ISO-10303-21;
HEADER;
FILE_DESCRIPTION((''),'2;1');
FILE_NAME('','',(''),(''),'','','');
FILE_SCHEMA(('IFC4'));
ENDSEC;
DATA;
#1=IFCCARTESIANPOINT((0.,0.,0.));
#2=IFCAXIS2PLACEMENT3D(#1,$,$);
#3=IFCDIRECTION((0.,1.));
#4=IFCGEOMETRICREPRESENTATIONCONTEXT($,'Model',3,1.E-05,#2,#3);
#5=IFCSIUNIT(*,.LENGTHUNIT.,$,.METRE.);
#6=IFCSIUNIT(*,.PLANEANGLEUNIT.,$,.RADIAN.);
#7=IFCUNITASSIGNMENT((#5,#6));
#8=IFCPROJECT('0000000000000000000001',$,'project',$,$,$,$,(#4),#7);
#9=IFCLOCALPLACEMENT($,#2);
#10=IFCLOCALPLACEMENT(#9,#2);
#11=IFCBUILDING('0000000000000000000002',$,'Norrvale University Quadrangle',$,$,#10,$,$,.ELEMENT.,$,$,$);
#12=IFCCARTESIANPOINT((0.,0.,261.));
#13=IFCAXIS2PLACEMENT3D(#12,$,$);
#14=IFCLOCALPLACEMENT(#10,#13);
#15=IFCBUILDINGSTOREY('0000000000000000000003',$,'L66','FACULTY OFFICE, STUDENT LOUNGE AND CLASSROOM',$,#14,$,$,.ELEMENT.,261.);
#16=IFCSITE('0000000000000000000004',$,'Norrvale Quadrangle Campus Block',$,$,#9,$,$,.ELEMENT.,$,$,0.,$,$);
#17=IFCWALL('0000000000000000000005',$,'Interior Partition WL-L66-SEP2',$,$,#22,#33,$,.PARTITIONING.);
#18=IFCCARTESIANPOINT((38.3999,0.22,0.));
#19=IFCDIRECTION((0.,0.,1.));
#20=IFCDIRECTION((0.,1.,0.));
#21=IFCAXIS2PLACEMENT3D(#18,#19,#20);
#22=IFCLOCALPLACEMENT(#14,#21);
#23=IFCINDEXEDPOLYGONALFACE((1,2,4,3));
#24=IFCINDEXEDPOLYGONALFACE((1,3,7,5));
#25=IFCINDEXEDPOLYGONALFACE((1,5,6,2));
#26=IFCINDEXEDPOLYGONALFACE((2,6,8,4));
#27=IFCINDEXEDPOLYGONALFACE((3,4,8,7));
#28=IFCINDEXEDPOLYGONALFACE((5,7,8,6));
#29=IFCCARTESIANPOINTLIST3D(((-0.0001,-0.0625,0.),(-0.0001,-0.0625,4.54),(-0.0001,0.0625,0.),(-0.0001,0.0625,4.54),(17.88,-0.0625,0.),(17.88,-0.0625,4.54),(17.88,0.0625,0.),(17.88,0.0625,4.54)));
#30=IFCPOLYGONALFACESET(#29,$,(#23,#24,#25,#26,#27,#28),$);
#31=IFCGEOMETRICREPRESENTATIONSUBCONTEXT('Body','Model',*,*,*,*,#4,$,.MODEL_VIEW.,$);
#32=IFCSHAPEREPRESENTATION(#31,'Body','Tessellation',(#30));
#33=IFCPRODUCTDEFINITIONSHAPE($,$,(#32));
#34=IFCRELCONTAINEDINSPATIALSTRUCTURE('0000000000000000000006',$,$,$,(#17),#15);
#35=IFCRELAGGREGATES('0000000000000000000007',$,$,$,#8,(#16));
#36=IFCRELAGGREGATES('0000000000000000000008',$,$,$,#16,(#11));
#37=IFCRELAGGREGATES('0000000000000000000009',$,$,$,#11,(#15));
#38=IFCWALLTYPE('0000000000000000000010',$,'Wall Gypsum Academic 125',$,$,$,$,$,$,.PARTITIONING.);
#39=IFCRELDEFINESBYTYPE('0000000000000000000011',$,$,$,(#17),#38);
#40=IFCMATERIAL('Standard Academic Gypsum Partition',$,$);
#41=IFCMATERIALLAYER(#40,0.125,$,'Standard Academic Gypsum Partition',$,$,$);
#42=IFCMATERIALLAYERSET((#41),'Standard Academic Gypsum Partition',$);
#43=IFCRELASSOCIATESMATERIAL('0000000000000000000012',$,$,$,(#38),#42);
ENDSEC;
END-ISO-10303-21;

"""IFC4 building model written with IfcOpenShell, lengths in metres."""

from ifc_helpers import new_model, si_unit, direction, frame, frame_2d, origin, place, context, subcontext, project, spatial, rectangle, extrude, material, layer, layer_set, type_object, element, save


model = new_model("IFC4")

# Units and contexts
model_context = context("Model", 3, precision=1e-05, world=origin(), true_north=direction((0.0, 1.0)))
body_context = subcontext(model_context, "Body", "Model", "MODEL_VIEW")
ifc_project = project(units=[si_unit("LENGTHUNIT", "METRE"), si_unit("PLANEANGLEUNIT", "RADIAN")], contexts=[model_context])

# Site, building, storey
site_placement = place(None, origin())
site = spatial("IfcSite", under=ifc_project, at=site_placement, Name="Norrvale Quadrangle Campus Block", CompositionType="ELEMENT", RefElevation=0.0)
building_placement = place(site_placement, origin())
building = spatial("IfcBuilding", under=site, at=building_placement, Name="Norrvale University Quadrangle", CompositionType="ELEMENT")
storey_placement = place(building_placement, frame((0.0, 0.0, 261.0)))
storey = spatial("IfcBuildingStorey", under=building, at=storey_placement, Name="L66", Description="FACULTY OFFICE, STUDENT LOUNGE AND CLASSROOM", CompositionType="ELEMENT", Elevation=261.0)

# Wall
ifc_material_1 = material(Name="Standard Academic Gypsum Partition")
ifc_layer_1 = layer(ifc_material_1, 0.125, Name="Standard Academic Gypsum Partition")
ifc_layer_set_1 = layer_set([ifc_layer_1], Name="Standard Academic Gypsum Partition")
wall_type_1 = type_object("IfcWallType", Name="Wall Gypsum Academic 125", PredefinedType="PARTITIONING", material=ifc_layer_set_1)
wall_1_placement = place(storey_placement, frame((38.3999, 0.22, 0.0), z_axis=(0.0, 0.0, 1.0), x_axis=(0.0, 1.0, 0.0)))
element("IfcWall", 1, at=wall_1_placement, inside=storey, type_object=wall_type_1, Name="Interior Partition WL-L66-SEP2", PredefinedType="PARTITIONING", context=body_context, shape_type="SweptSolid", body=[
    extrude(rectangle(XDim=17.8801, YDim=0.125, at=frame_2d((8.9399, 0.0))), origin(), (0.0, 0.0, 1.0), 4.54),
])

save(model, "model.ifc")
